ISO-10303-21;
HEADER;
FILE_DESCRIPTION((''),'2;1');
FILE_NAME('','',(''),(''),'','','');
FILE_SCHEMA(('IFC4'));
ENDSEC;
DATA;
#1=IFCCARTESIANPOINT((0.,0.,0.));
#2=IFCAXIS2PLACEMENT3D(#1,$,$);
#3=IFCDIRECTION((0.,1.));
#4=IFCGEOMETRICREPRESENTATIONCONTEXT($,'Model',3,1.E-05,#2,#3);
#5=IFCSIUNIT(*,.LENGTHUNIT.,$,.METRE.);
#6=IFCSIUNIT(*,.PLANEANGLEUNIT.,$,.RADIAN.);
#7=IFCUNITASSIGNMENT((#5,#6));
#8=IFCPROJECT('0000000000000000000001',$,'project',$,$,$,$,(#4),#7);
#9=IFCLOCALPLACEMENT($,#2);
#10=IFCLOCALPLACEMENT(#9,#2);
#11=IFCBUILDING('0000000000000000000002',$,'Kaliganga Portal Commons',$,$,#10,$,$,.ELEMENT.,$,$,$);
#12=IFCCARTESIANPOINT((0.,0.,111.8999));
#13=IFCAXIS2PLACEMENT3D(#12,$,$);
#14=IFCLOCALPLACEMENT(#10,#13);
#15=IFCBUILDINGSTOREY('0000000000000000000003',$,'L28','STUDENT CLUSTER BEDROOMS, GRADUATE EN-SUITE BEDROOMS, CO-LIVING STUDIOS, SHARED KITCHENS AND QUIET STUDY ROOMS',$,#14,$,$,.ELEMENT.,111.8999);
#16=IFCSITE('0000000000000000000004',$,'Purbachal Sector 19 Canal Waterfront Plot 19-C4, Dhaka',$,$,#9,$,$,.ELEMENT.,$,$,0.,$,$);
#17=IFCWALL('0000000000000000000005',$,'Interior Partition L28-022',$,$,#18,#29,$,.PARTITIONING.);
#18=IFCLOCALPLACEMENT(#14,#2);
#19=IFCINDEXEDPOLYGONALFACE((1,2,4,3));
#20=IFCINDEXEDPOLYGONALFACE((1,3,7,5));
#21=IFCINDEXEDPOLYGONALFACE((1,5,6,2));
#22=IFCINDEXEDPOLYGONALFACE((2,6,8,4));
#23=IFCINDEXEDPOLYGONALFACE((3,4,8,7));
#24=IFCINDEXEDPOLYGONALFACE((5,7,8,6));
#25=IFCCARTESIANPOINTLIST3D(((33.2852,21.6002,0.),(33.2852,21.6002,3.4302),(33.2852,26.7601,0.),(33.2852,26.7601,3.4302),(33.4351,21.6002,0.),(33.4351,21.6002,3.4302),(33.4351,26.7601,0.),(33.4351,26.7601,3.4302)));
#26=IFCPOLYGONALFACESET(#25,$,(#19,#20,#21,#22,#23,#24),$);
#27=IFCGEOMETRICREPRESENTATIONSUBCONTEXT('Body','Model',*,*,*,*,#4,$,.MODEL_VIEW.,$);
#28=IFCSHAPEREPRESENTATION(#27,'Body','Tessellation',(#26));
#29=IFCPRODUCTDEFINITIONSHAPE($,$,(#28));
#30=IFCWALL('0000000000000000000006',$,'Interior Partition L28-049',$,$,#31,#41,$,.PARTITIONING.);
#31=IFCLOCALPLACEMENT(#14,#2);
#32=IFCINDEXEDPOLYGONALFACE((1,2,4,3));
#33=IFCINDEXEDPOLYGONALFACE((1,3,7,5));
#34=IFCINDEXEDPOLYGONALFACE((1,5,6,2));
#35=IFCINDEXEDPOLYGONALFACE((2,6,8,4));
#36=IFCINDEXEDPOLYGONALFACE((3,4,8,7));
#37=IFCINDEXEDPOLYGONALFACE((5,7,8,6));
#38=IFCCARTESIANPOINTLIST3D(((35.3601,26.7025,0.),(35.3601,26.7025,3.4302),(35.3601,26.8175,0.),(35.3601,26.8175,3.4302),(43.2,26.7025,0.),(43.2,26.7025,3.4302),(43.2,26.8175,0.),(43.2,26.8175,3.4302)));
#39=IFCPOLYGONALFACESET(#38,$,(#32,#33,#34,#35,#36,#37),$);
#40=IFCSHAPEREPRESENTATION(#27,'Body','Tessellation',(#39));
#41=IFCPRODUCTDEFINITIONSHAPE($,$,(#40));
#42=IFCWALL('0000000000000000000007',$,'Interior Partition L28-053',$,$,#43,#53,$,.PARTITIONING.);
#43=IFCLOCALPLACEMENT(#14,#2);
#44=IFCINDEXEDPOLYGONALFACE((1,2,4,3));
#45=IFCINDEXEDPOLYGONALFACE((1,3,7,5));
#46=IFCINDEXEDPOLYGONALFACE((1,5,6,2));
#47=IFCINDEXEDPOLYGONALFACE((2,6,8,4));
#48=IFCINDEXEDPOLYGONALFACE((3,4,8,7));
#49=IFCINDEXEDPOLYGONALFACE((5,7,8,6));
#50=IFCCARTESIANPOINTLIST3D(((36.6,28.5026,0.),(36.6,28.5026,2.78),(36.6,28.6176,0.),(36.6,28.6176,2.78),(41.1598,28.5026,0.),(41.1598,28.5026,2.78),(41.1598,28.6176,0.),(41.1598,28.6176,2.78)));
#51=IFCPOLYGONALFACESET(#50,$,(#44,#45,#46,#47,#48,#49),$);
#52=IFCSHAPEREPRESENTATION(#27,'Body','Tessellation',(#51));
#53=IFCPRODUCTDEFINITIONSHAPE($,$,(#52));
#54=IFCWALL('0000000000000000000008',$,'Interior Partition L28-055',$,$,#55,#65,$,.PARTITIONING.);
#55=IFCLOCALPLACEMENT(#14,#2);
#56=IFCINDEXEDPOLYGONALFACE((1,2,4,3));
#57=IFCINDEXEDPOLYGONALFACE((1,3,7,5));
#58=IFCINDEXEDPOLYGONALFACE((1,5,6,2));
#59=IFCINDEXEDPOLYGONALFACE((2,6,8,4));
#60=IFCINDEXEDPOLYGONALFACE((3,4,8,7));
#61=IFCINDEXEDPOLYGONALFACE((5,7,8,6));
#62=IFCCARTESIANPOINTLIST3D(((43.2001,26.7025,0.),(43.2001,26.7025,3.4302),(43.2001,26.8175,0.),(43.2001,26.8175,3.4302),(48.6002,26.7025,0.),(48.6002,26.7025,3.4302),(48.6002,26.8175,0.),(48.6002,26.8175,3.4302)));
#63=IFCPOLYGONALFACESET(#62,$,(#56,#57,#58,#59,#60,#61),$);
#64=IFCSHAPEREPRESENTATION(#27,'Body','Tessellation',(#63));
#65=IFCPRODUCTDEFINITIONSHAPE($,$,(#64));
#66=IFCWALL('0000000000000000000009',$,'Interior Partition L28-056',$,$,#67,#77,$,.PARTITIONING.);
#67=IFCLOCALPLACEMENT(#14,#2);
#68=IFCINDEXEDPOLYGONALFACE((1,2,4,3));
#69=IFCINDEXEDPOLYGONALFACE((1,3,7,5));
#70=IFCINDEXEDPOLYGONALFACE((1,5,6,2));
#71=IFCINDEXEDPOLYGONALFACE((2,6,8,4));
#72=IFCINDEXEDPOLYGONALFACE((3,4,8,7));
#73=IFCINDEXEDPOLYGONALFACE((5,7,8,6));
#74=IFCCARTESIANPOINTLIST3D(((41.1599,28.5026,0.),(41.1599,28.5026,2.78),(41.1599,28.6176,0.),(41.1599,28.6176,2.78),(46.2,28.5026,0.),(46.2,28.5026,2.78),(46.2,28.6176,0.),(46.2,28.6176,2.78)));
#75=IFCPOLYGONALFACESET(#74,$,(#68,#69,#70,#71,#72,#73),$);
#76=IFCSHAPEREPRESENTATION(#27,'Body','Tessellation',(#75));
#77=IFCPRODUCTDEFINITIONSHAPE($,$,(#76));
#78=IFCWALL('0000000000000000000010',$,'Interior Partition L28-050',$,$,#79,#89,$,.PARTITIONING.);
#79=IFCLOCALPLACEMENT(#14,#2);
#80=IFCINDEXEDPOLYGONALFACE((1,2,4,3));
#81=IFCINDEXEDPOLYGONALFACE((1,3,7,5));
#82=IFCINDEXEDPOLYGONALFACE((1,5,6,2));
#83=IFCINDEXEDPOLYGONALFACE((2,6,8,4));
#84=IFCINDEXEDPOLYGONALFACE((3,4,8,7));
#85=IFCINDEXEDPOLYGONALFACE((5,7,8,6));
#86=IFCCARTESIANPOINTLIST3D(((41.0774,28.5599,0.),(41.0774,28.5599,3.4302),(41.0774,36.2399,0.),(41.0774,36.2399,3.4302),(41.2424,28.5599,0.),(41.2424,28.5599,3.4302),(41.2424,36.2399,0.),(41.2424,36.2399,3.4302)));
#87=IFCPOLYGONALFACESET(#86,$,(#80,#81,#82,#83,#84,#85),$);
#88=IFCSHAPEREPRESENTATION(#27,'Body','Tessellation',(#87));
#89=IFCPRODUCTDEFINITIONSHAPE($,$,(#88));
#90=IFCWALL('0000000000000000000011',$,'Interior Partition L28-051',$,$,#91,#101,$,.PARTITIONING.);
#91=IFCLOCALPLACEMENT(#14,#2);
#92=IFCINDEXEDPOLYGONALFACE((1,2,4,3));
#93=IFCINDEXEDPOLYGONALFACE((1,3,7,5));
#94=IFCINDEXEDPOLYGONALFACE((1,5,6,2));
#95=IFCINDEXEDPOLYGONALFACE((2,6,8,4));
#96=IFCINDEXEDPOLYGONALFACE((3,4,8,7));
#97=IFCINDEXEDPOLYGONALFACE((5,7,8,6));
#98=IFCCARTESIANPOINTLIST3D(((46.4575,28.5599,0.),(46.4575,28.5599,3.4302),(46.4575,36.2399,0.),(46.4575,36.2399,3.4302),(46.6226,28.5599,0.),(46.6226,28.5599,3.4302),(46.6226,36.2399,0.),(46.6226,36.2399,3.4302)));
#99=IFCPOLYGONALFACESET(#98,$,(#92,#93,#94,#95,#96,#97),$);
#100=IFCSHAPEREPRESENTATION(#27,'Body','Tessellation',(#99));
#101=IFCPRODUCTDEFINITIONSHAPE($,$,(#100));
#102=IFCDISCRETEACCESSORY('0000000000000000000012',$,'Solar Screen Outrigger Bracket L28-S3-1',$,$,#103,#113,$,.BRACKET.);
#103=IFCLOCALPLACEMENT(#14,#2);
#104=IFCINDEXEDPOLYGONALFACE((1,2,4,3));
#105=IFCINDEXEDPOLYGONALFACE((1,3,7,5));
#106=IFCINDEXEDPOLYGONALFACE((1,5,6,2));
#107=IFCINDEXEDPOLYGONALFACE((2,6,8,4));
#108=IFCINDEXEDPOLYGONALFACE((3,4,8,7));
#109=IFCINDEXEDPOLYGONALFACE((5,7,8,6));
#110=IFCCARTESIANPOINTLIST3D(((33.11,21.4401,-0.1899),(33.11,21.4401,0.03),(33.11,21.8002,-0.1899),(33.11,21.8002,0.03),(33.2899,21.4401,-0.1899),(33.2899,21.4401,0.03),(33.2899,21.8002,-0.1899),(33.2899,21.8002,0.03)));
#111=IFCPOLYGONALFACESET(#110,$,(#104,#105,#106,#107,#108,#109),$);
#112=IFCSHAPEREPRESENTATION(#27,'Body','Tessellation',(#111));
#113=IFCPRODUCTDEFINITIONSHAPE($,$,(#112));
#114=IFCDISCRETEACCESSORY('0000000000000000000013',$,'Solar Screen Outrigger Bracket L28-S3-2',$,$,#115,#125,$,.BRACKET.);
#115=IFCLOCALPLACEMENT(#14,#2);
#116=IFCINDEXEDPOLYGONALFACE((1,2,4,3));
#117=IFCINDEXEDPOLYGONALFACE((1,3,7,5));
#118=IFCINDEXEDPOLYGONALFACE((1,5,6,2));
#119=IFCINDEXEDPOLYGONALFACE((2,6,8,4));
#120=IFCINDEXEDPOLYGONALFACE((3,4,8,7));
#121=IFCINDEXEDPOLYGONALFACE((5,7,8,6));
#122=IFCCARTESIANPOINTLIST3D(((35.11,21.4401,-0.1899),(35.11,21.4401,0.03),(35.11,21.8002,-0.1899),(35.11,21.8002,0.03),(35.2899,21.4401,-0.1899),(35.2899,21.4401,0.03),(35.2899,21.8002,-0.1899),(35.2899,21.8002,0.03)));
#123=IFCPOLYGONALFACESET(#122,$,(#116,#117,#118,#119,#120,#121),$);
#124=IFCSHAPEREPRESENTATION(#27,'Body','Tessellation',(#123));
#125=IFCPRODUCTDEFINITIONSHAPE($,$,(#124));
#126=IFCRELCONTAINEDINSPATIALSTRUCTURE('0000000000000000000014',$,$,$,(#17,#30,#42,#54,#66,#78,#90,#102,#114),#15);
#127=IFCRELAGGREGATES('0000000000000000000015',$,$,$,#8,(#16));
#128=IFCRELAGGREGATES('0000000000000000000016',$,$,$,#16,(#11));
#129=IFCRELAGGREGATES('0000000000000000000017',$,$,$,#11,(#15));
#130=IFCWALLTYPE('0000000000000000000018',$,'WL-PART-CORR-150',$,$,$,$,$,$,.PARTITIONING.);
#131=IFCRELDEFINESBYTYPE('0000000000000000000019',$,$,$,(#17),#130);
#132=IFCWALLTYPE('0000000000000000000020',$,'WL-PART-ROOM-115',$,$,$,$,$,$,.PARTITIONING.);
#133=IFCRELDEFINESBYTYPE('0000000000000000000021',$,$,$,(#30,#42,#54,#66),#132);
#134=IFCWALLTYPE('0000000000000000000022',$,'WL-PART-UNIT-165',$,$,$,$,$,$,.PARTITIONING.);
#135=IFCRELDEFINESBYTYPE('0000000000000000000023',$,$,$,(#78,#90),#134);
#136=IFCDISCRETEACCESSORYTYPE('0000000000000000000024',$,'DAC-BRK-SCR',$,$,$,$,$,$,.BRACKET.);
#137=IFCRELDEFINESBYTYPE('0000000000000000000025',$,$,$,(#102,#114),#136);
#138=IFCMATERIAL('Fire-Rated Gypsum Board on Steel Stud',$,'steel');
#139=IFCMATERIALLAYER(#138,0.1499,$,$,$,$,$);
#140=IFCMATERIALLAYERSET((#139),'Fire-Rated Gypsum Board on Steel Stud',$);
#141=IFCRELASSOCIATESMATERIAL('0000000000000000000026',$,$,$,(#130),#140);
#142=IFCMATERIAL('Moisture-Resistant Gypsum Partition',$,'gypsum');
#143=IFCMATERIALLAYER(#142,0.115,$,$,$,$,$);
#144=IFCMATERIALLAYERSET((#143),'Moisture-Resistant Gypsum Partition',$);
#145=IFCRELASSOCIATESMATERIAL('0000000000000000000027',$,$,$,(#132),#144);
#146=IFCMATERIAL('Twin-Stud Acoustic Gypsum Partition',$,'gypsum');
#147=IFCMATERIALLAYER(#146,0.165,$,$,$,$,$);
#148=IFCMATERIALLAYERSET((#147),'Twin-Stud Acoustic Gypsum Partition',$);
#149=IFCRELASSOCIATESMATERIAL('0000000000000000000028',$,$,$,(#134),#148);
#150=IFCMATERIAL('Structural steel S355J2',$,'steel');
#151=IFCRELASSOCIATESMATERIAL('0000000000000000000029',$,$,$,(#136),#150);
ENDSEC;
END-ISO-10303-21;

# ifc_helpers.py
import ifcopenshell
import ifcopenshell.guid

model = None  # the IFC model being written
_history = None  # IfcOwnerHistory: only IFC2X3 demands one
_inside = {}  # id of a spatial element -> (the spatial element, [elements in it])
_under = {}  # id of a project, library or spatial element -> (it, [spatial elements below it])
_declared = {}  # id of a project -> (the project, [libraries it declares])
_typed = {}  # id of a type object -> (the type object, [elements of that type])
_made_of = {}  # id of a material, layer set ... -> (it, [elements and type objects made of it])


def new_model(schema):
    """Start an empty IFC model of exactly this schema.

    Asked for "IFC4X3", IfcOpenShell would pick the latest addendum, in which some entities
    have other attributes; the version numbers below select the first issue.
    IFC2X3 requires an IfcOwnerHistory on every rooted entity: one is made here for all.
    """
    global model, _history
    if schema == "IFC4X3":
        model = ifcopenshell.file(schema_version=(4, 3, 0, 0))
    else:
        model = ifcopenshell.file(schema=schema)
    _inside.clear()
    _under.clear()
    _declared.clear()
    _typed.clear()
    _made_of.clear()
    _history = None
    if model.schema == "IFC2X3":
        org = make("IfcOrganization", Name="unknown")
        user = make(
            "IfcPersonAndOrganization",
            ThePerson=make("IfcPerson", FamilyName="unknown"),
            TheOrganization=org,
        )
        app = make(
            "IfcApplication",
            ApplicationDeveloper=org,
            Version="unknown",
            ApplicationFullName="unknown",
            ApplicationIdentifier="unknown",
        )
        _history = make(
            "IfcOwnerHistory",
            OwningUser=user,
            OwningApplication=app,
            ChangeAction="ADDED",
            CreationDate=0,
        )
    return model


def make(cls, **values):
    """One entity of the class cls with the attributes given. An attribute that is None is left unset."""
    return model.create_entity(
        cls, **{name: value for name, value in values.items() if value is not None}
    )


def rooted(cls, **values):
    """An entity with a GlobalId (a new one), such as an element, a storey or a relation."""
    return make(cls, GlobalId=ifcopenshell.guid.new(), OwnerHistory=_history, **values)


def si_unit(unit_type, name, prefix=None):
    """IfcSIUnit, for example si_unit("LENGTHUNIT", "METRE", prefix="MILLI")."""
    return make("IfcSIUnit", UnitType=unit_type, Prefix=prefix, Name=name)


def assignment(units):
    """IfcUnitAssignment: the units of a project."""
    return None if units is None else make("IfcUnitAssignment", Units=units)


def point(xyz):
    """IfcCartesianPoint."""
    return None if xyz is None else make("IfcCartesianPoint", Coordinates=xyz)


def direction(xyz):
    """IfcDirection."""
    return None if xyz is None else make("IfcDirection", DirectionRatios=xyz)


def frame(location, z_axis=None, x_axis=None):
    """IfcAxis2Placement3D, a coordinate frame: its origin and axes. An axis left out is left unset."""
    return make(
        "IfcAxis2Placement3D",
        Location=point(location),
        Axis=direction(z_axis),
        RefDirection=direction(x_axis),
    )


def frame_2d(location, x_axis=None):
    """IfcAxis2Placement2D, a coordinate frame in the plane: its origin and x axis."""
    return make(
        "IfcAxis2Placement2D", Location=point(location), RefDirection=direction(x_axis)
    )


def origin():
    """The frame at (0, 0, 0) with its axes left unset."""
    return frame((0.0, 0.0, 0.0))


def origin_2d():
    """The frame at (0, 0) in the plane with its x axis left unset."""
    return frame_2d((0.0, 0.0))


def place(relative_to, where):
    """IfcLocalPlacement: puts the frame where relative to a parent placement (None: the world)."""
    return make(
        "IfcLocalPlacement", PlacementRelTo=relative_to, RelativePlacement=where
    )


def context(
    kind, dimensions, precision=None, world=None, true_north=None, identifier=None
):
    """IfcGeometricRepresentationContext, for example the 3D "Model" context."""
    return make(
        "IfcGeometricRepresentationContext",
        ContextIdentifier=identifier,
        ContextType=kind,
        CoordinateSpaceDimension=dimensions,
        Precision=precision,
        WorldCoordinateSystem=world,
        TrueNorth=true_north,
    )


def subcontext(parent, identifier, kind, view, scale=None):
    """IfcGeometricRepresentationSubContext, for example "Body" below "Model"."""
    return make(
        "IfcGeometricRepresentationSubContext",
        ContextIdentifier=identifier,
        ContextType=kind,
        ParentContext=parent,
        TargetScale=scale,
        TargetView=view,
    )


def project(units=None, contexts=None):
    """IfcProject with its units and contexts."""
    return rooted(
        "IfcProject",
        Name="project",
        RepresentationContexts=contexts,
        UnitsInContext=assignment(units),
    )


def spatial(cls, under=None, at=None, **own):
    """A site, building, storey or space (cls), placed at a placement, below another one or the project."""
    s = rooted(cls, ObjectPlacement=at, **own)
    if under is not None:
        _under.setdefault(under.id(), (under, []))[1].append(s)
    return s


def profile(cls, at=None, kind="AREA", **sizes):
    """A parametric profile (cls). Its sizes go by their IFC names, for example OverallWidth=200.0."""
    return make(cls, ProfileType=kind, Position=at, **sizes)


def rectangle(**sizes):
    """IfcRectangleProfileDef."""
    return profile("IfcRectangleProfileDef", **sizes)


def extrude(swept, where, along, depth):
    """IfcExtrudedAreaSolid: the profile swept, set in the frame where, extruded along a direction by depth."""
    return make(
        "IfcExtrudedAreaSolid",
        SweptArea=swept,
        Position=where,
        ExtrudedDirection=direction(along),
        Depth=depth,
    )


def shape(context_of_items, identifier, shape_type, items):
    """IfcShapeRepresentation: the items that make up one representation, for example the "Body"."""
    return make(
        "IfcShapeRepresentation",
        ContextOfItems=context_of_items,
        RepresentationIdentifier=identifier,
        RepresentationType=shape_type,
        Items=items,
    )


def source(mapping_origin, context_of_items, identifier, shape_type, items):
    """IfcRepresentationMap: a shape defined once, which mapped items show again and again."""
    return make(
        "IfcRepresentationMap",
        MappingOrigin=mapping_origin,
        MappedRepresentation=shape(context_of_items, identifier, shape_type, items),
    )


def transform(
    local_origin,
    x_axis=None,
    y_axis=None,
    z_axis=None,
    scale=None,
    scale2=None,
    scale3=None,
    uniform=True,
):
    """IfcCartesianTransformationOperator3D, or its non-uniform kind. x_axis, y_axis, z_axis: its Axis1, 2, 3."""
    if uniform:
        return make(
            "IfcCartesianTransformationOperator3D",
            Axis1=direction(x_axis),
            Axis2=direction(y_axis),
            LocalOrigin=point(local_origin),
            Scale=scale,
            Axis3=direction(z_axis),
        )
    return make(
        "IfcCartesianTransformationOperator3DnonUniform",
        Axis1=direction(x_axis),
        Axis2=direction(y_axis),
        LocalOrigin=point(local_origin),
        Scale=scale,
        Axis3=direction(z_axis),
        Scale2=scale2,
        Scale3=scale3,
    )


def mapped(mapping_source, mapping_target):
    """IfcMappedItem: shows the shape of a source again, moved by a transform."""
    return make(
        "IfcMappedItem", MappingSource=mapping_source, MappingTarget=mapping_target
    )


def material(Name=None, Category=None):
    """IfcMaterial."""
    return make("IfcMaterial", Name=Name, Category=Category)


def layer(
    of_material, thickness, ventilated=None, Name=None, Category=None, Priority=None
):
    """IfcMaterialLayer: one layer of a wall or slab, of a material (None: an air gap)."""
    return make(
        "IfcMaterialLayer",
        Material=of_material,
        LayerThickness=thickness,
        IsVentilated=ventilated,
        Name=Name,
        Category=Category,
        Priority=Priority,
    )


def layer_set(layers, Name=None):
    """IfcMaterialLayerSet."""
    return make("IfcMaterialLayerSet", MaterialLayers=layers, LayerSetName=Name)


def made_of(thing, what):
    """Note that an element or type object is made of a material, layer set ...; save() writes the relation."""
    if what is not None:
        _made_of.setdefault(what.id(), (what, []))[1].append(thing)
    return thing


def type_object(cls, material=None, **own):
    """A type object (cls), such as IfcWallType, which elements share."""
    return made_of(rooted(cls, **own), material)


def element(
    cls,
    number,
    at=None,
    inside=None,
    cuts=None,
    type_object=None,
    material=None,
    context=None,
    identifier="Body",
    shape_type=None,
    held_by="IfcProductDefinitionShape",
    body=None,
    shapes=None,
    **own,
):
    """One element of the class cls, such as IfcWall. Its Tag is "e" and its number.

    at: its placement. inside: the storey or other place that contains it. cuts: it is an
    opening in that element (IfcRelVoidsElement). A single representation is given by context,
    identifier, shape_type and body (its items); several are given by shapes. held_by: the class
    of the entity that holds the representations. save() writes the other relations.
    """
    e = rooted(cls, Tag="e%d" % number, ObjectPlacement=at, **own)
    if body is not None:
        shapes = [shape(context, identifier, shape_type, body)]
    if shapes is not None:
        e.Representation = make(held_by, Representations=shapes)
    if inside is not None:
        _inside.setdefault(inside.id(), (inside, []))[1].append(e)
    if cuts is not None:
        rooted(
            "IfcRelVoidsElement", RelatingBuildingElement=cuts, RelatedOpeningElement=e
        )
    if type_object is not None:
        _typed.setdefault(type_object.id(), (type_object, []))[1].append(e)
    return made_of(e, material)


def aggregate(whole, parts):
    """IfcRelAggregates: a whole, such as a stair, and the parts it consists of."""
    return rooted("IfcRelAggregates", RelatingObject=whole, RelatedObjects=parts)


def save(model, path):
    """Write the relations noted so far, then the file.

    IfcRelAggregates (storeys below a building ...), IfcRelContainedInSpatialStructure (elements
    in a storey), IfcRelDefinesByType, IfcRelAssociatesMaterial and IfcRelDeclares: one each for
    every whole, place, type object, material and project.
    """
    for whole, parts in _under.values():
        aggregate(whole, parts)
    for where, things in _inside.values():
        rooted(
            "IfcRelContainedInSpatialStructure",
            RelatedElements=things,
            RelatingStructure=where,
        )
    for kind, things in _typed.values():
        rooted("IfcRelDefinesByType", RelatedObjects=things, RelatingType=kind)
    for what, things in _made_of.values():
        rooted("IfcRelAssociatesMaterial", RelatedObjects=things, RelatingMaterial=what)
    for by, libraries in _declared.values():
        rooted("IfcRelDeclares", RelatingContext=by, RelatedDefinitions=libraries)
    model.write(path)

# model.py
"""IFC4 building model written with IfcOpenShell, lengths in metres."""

from ifc_helpers import new_model, si_unit, direction, frame, frame_2d, origin, origin_2d, place, context, subcontext, project, spatial, rectangle, extrude, source, transform, mapped, material, layer, layer_set, type_object, element, save


model = new_model("IFC4")

# Units and contexts
model_context = context("Model", 3, precision=1e-05, world=origin(), true_north=direction((0.0, 1.0)))
body_context = subcontext(model_context, "Body", "Model", "MODEL_VIEW")
ifc_project = project(units=[si_unit("LENGTHUNIT", "METRE"), si_unit("PLANEANGLEUNIT", "RADIAN")], contexts=[model_context])

# Site, building, storey
site_placement = place(None, origin())
site = spatial("IfcSite", under=ifc_project, at=site_placement, Name="Purbachal Sector 19 Canal Waterfront Plot 19-C4, Dhaka", CompositionType="ELEMENT", RefElevation=0.0)
building_placement = place(site_placement, origin())
building = spatial("IfcBuilding", under=site, at=building_placement, Name="Kaliganga Portal Commons", CompositionType="ELEMENT")
storey_placement = place(building_placement, frame((0.0, 0.0, 111.8999)))
storey = spatial("IfcBuildingStorey", under=building, at=storey_placement, Name="L28", Description="STUDENT CLUSTER BEDROOMS, GRADUATE EN-SUITE BEDROOMS, CO-LIVING STUDIOS, SHARED KITCHENS AND QUIET STUDY ROOMS", CompositionType="ELEMENT", Elevation=111.8999)

# Shared definitions
ifc_material_1 = material(Name="Structural steel S355J2", Category="steel")

# Shared definitions
ifc_material_2 = material(Name="Fire-Rated Gypsum Board on Steel Stud", Category="steel")
ifc_layer_1 = layer(ifc_material_2, 0.1499)
ifc_layer_set_1 = layer_set([ifc_layer_1], Name="Fire-Rated Gypsum Board on Steel Stud")
wall_type_1 = type_object("IfcWallType", Name="WL-PART-CORR-150", PredefinedType="PARTITIONING", material=ifc_layer_set_1)

# Wall
wall_1_placement = place(storey_placement, frame((33.3601, 21.6001, 0.0), z_axis=(0.0, 0.0, 1.0), x_axis=(0.0, 1.0, 0.0)))
element("IfcWall", 1, at=wall_1_placement, inside=storey, type_object=wall_type_1, Name="Interior Partition L28-022", PredefinedType="PARTITIONING", context=body_context, shape_type="SweptSolid", body=[
    extrude(rectangle(XDim=5.1599, YDim=0.1499, at=frame_2d((2.5801, 0.0))), origin(), (0.0, 0.0, 1.0), 3.4302),
])

# Walls
ifc_material_3 = material(Name="Moisture-Resistant Gypsum Partition", Category="gypsum")
ifc_layer_2 = layer(ifc_material_3, 0.115)
ifc_layer_set_2 = layer_set([ifc_layer_2], Name="Moisture-Resistant Gypsum Partition")
wall_type_2 = type_object("IfcWallType", Name="WL-PART-ROOM-115", PredefinedType="PARTITIONING", material=ifc_layer_set_2)
wall_2_placement = place(storey_placement, frame((35.3601, 26.76, 0.0), z_axis=(0.0, 0.0, 1.0), x_axis=(1.0, 0.0, 0.0)))
element("IfcWall", 2, at=wall_2_placement, inside=storey, type_object=wall_type_2, Name="Interior Partition L28-049", PredefinedType="PARTITIONING", context=body_context, shape_type="SweptSolid", body=[
    extrude(rectangle(XDim=7.8398, YDim=0.115, at=frame_2d((3.9199, 0.0))), origin(), (0.0, 0.0, 1.0), 3.4302),
])
wall_3_placement = place(storey_placement, frame((36.6001, 28.5601, 0.0), z_axis=(0.0, 0.0, 1.0), x_axis=(1.0, 0.0, 0.0)))
element("IfcWall", 3, at=wall_3_placement, inside=storey, type_object=wall_type_2, Name="Interior Partition L28-053", PredefinedType="PARTITIONING", context=body_context, shape_type="SweptSolid", body=[
    extrude(rectangle(XDim=4.5598, YDim=0.115, at=frame_2d((2.2798, 0.0))), origin(), (0.0, 0.0, 1.0), 2.78),
])
wall_4_placement = place(storey_placement, frame((43.2, 26.76, 0.0), z_axis=(0.0, 0.0, 1.0), x_axis=(1.0, 0.0, 0.0)))
element("IfcWall", 4, at=wall_4_placement, inside=storey, type_object=wall_type_2, Name="Interior Partition L28-055", PredefinedType="PARTITIONING", context=body_context, shape_type="SweptSolid", body=[
    extrude(rectangle(XDim=5.4001, YDim=0.115, at=frame_2d((2.7002, 0.0))), origin(), (0.0, 0.0, 1.0), 3.4302),
])
wall_5_placement = place(storey_placement, frame((41.1599, 28.5601, 0.0), z_axis=(0.0, 0.0, 1.0), x_axis=(1.0, 0.0, 0.0)))
element("IfcWall", 5, at=wall_5_placement, inside=storey, type_object=wall_type_2, Name="Interior Partition L28-056", PredefinedType="PARTITIONING", context=body_context, shape_type="SweptSolid", body=[
    extrude(rectangle(XDim=5.04, YDim=0.115, at=frame_2d((2.52, 0.0))), origin(), (0.0, 0.0, 1.0), 2.78),
])
ifc_material_4 = material(Name="Twin-Stud Acoustic Gypsum Partition", Category="gypsum")
ifc_layer_3 = layer(ifc_material_4, 0.165)
ifc_layer_set_3 = layer_set([ifc_layer_3], Name="Twin-Stud Acoustic Gypsum Partition")
wall_type_3 = type_object("IfcWallType", Name="WL-PART-UNIT-165", PredefinedType="PARTITIONING", material=ifc_layer_set_3)
for number, where, z_axis, x_axis, name in (
    (6, (41.1599, 28.5601, 0.0), (0.0, 0.0, 1.0), (0.0, 1.0, 0.0), "Interior Partition L28-050"),
    (7, (46.54, 28.5601, 0.0), (0.0, 0.0, 1.0), (0.0, 1.0, 0.0), "Interior Partition L28-051"),
):
    element("IfcWall", number, at=place(storey_placement, frame(where, z_axis=z_axis, x_axis=x_axis)), inside=storey, type_object=wall_type_3, Name=name, PredefinedType="PARTITIONING", context=body_context, shape_type="SweptSolid", body=[
        extrude(rectangle(XDim=7.6799, YDim=0.165, at=frame_2d((3.8398, 0.0))), origin(), (0.0, 0.0, 1.0), 3.4302),
    ])

# Discrete accessories
discrete_accessory_type = type_object("IfcDiscreteAccessoryType", Name="DAC-BRK-SCR", PredefinedType="BRACKET", material=ifc_material_1)
shared_shape_1 = source(origin(), body_context, "Body", "SweptSolid", [
    extrude(rectangle(XDim=0.1799, YDim=0.3601, at=origin_2d()), origin(), (0.0, 0.0, 1.0), 0.22),
])
for number, where, z_axis, x_axis, name in (
    (8, (33.2, 21.6201, -0.1899), (0.0, 0.0, 1.0), (1.0, 0.0, 0.0), "Solar Screen Outrigger Bracket L28-S3-1"),
    (9, (35.2, 21.6201, -0.1899), (0.0, 0.0, 1.0), (1.0, 0.0, 0.0), "Solar Screen Outrigger Bracket L28-S3-2"),
):
    element("IfcDiscreteAccessory", number, at=place(storey_placement, frame(where, z_axis=z_axis, x_axis=x_axis)), inside=storey, type_object=discrete_accessory_type, Name=name, PredefinedType="BRACKET", context=body_context, shape_type="MappedRepresentation", body=[
        mapped(shared_shape_1, transform((0.0, 0.0, 0.0), x_axis=(1.0, 0.0, 0.0), y_axis=(0.0, 1.0, 0.0), z_axis=(0.0, 0.0, 1.0), scale=1.0)),
    ])

save(model, "model.ifc")
